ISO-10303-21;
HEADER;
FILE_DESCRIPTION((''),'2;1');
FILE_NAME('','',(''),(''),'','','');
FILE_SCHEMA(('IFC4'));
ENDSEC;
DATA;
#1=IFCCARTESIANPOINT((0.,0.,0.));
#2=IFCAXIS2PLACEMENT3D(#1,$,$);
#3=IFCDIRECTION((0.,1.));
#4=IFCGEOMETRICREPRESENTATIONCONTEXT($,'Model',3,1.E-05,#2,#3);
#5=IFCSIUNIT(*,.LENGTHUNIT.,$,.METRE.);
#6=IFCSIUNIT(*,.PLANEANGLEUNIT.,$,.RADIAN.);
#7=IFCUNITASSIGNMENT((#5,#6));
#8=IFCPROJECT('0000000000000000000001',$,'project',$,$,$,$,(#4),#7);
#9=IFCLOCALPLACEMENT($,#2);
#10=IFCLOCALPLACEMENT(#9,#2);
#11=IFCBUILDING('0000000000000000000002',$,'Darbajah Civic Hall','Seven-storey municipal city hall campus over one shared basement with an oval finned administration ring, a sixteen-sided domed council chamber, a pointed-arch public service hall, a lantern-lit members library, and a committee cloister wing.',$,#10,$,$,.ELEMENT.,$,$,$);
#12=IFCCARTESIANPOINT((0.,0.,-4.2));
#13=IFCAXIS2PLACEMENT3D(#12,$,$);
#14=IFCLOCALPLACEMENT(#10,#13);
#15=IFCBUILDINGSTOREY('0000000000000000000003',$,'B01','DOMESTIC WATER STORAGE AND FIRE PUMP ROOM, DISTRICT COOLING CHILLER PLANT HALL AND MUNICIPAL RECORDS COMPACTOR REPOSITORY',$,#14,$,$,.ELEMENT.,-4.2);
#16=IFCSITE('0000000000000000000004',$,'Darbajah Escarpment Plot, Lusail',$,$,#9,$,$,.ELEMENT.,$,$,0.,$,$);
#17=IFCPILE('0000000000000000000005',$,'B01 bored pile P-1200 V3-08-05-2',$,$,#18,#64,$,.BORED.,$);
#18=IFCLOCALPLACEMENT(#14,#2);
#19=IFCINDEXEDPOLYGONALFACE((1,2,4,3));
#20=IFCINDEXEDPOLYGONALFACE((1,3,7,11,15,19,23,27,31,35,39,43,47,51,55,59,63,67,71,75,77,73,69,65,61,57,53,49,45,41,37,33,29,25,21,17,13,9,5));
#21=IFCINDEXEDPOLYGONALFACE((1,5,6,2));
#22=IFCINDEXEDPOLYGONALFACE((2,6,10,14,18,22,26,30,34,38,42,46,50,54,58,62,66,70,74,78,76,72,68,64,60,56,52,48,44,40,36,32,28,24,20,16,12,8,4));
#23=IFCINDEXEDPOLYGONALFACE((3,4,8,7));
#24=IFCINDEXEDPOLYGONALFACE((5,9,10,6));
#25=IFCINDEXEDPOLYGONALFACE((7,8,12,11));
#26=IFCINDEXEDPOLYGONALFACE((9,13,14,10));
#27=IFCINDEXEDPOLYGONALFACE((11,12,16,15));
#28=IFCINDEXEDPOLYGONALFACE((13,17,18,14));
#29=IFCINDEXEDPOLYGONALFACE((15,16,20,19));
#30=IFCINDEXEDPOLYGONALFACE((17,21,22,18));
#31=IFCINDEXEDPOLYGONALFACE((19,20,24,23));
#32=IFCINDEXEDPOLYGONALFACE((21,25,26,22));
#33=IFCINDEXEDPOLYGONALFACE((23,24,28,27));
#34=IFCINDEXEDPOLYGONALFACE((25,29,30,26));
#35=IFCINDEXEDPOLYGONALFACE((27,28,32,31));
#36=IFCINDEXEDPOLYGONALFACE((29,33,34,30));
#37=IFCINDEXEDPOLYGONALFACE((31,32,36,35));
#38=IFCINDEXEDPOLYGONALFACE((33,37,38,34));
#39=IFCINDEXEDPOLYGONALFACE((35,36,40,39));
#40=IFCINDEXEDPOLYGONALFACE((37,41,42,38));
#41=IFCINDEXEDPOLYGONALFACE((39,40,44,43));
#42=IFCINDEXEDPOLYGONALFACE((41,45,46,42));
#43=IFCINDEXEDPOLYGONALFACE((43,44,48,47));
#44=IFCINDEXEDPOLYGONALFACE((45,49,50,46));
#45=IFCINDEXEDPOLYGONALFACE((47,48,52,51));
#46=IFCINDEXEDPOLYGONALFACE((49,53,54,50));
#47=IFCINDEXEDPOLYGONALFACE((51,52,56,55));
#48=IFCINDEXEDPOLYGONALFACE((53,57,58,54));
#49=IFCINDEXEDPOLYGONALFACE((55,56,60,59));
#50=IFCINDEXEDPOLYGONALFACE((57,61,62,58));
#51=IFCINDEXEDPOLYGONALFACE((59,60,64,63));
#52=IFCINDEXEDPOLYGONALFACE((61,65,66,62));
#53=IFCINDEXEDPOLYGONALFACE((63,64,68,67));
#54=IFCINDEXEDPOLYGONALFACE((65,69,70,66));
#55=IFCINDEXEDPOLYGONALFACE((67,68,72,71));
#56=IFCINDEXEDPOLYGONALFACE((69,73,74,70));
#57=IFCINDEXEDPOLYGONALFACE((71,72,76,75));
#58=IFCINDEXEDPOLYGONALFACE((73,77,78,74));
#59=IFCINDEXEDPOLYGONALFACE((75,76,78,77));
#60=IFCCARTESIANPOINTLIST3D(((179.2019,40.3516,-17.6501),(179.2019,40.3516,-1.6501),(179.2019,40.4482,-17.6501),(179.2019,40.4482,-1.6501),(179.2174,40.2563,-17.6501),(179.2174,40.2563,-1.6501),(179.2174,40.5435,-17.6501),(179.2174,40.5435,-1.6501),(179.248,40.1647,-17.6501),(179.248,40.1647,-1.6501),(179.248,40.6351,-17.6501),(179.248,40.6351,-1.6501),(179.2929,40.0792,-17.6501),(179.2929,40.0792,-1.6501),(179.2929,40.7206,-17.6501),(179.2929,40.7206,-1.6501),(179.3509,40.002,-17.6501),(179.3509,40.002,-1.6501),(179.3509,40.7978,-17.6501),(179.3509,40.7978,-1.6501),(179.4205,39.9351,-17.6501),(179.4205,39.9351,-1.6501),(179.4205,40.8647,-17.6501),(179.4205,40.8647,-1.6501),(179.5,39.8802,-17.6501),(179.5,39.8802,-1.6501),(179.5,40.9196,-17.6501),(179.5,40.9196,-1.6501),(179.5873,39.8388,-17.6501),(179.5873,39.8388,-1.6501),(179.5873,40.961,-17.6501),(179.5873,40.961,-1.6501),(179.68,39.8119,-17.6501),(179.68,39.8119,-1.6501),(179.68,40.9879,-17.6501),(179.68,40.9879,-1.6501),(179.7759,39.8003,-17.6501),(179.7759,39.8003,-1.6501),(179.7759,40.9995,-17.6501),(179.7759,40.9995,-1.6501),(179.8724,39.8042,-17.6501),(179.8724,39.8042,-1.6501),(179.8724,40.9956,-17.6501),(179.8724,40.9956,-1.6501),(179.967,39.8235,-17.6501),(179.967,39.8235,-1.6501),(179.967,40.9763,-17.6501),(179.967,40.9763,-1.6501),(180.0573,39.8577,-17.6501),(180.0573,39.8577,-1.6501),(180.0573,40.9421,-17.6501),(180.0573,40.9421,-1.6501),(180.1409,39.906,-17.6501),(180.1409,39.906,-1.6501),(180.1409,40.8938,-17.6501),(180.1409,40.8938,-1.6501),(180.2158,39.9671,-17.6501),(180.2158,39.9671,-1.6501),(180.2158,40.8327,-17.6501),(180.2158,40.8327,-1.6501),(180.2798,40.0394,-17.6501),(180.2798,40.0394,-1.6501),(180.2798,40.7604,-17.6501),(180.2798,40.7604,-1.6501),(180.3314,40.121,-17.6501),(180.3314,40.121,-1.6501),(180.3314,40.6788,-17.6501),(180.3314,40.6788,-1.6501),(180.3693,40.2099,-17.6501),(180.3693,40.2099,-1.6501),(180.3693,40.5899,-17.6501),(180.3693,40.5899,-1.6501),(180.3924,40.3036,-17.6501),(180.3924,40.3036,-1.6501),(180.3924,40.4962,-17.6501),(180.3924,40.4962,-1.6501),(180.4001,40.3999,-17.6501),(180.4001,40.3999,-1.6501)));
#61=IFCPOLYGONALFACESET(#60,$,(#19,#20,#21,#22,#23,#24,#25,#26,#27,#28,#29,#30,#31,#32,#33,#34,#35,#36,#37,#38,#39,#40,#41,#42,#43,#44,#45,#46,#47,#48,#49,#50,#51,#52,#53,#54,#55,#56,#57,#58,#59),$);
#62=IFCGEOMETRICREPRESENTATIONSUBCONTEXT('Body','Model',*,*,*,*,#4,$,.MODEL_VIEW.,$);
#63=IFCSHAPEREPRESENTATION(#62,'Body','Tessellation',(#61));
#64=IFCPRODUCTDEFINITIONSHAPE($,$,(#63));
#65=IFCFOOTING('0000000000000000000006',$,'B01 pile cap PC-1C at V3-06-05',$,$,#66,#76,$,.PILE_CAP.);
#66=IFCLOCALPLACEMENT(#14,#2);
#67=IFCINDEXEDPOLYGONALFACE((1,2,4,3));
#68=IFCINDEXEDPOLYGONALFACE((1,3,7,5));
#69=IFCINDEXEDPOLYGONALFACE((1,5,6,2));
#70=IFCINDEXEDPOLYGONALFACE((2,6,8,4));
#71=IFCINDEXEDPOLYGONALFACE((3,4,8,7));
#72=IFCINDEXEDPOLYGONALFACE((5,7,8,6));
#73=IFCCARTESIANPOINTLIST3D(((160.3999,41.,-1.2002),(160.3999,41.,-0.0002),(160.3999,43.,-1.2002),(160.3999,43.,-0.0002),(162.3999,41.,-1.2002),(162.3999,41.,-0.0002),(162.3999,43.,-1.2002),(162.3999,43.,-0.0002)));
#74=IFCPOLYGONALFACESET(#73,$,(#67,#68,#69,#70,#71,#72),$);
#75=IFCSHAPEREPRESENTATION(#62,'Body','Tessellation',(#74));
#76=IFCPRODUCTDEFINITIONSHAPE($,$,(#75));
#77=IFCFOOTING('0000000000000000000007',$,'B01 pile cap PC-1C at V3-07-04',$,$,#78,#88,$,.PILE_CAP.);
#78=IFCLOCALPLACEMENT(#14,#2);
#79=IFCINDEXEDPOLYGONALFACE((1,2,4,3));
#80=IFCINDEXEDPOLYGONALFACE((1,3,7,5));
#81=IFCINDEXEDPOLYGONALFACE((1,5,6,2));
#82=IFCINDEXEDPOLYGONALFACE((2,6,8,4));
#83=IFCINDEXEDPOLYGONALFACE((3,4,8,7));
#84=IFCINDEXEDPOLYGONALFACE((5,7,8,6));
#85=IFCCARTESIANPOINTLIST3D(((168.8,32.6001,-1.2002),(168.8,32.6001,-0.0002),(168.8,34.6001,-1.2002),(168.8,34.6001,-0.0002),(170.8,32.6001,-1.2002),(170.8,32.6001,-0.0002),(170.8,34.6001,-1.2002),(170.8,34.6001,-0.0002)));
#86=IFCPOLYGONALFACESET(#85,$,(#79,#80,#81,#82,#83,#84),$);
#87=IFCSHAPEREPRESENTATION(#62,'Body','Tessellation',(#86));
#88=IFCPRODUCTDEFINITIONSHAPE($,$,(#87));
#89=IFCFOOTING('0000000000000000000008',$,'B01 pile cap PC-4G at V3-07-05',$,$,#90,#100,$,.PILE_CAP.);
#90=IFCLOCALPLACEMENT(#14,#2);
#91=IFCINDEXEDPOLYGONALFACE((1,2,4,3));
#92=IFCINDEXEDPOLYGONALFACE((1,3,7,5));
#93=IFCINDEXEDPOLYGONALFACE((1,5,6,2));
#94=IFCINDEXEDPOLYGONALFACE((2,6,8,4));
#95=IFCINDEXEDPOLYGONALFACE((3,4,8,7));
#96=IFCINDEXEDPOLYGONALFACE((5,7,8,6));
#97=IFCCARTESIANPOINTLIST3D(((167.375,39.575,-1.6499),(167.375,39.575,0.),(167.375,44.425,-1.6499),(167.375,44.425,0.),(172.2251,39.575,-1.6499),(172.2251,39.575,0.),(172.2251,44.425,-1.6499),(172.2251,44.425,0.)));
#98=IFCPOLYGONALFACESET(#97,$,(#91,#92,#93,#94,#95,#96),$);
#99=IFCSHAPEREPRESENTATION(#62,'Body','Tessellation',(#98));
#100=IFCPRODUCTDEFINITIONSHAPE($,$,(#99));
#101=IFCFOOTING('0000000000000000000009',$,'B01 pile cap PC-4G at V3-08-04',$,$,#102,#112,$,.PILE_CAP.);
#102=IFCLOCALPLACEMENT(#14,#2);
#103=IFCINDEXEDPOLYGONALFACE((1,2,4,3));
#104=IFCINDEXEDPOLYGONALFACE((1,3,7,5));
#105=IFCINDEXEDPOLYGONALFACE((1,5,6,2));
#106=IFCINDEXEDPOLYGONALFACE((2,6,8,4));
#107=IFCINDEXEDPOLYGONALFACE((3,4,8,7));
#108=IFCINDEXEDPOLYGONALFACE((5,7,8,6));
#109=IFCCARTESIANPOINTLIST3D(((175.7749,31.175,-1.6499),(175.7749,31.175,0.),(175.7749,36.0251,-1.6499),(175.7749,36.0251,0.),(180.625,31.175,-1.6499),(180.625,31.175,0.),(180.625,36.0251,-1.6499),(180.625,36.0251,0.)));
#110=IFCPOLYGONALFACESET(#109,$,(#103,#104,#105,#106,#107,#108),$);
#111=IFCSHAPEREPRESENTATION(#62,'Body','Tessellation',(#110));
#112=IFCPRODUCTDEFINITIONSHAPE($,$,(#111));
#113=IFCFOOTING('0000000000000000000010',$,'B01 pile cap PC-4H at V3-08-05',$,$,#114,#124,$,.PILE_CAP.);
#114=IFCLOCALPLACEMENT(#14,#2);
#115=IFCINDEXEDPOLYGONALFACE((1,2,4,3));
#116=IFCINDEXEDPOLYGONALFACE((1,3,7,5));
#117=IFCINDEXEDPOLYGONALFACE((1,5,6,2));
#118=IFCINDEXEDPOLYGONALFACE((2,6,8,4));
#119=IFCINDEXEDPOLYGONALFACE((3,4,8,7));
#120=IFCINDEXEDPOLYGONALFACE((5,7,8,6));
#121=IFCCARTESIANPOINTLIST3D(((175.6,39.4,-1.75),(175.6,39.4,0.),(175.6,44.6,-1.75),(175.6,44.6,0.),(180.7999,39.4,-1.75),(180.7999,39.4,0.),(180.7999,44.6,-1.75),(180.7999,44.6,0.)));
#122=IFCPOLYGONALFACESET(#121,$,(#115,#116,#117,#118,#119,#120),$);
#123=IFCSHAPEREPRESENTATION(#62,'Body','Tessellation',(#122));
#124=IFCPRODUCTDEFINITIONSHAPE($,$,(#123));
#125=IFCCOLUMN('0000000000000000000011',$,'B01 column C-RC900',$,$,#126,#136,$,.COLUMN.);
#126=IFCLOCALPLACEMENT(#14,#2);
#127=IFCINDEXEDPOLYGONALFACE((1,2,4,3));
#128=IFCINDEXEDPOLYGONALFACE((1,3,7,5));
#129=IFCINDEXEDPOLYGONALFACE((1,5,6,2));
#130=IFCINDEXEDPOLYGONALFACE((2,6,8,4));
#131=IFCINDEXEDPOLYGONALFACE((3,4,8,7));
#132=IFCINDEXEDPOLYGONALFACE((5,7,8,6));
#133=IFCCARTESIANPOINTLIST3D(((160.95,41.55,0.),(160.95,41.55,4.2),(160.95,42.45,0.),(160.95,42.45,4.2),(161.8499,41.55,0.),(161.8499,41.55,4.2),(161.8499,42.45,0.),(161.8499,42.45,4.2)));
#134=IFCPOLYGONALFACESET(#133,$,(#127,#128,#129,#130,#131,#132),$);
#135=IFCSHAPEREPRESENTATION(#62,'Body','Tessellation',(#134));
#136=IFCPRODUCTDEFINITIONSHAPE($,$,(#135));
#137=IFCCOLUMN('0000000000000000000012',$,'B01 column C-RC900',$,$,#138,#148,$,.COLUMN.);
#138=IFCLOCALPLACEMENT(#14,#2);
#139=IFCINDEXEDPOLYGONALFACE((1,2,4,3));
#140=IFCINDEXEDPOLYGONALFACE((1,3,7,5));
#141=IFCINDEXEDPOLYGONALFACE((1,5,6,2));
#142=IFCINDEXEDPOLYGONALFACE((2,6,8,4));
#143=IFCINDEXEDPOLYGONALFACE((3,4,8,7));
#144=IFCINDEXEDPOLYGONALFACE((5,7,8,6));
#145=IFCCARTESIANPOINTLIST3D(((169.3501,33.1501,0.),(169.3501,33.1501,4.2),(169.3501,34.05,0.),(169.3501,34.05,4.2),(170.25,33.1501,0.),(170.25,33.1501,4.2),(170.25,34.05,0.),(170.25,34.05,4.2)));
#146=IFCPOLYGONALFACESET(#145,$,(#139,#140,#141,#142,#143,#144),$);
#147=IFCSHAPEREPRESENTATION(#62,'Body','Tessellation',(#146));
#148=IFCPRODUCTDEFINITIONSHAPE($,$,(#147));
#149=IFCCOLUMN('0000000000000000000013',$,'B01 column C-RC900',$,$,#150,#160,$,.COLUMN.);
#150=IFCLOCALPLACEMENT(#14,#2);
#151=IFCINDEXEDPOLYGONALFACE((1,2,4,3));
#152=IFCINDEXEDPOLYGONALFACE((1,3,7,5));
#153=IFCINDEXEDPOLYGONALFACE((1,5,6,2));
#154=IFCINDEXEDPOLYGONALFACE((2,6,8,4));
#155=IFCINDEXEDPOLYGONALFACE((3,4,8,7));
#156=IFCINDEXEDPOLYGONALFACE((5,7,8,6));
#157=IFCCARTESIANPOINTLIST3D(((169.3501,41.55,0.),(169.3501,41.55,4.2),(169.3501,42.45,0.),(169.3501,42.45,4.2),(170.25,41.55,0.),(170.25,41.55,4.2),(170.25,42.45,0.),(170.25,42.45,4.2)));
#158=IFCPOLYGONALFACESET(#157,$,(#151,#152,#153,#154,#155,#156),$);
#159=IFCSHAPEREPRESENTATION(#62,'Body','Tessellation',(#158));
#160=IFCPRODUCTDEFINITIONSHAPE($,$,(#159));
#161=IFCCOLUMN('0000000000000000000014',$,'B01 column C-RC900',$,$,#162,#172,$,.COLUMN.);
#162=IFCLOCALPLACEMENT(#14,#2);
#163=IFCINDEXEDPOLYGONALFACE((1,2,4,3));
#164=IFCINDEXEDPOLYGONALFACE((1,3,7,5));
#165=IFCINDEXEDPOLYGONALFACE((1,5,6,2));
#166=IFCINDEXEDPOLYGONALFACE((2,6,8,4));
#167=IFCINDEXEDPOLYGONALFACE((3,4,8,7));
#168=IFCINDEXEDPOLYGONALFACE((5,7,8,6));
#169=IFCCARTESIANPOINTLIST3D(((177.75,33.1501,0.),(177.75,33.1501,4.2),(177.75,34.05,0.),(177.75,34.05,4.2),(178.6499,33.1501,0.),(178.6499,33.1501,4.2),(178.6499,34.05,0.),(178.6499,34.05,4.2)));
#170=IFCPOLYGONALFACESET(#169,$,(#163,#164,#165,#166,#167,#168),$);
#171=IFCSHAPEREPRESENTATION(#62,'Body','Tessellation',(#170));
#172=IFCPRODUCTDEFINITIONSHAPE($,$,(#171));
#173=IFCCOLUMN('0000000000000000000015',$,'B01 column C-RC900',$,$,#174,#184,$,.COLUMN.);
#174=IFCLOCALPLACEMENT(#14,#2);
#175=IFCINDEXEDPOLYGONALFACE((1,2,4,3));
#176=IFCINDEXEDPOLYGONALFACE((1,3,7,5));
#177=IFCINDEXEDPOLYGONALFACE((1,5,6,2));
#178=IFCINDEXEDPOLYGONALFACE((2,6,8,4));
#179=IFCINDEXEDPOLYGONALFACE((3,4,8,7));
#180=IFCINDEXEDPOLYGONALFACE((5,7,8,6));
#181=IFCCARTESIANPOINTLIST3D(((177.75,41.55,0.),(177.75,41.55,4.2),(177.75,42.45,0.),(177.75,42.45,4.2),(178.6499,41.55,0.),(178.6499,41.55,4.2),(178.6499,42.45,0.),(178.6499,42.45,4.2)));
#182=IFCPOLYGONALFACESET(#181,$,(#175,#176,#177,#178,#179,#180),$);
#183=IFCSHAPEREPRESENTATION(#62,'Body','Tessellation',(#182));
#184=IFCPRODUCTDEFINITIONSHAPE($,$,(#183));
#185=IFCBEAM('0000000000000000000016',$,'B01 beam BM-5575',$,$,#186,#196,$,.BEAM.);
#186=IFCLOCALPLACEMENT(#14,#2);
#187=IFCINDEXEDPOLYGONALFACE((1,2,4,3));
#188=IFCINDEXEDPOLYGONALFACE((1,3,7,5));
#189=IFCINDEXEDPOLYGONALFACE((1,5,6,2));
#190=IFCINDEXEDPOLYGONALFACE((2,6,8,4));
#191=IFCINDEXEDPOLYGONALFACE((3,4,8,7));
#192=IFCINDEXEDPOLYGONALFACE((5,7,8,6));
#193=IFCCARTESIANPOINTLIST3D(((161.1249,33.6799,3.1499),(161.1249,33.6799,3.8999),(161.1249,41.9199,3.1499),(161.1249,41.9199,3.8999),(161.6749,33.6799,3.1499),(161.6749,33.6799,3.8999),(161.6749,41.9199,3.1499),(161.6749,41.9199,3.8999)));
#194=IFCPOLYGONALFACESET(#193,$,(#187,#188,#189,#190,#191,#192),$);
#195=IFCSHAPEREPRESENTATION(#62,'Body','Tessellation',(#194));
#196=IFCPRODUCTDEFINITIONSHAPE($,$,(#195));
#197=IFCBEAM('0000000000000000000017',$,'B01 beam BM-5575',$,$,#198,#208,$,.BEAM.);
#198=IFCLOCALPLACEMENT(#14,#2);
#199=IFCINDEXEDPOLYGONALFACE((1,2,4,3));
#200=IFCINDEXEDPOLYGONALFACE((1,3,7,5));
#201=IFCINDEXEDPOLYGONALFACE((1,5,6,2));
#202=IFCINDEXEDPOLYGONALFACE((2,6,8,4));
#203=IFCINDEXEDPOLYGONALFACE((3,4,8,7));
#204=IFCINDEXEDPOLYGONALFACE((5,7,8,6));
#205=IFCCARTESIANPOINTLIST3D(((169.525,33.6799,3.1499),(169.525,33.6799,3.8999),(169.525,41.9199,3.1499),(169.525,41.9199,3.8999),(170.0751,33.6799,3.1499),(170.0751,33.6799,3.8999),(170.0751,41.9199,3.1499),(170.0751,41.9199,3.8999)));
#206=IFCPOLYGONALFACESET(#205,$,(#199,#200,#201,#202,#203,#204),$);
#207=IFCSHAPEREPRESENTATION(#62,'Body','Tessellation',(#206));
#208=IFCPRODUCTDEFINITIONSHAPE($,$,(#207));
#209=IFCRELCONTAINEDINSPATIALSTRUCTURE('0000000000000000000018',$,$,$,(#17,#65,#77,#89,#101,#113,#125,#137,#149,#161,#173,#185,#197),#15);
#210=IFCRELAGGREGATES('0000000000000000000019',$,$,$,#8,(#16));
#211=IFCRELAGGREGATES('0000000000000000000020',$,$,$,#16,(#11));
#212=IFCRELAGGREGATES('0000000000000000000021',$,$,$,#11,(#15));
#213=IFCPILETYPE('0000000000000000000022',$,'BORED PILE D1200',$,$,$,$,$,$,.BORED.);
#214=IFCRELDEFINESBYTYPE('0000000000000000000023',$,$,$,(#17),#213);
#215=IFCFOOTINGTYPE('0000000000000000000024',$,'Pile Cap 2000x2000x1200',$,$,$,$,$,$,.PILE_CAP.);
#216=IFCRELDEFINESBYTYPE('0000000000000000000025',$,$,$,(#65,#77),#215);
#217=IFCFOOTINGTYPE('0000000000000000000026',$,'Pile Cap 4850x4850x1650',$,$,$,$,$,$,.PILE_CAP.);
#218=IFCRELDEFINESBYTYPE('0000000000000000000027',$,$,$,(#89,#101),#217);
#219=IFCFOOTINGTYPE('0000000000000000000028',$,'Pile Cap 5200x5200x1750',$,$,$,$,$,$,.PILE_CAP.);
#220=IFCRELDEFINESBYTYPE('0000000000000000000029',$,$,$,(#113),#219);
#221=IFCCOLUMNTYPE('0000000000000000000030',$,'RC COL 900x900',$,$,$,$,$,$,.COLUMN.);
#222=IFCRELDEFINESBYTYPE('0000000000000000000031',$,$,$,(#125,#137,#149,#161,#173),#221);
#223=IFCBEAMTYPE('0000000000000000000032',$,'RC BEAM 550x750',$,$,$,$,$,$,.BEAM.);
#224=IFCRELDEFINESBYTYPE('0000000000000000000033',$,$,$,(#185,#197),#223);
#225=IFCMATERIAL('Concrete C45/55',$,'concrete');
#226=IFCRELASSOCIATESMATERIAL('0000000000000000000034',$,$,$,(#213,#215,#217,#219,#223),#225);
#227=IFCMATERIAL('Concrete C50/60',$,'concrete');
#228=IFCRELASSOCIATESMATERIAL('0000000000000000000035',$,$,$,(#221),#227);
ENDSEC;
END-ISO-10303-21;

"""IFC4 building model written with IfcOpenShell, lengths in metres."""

from ifc_helpers import new_model, si_unit, direction, frame, origin, origin_2d, place, context, subcontext, project, spatial, rectangle, circle, extrude, material, material_profile, profile_set, type_object, element, save


model = new_model("IFC4")

# Units and contexts
model_context = context("Model", 3, precision=1e-05, world=origin(), true_north=direction((0.0, 1.0)))
body_context = subcontext(model_context, "Body", "Model", "MODEL_VIEW")
ifc_project = project(units=[si_unit("LENGTHUNIT", "METRE"), si_unit("PLANEANGLEUNIT", "RADIAN")], contexts=[model_context])

# Site, building, storey
site_placement = place(None, origin())
site = spatial("IfcSite", under=ifc_project, at=site_placement, Name="Darbajah Escarpment Plot, Lusail", CompositionType="ELEMENT", RefElevation=0.0)
building_placement = place(site_placement, origin())
building = spatial("IfcBuilding", under=site, at=building_placement, Name="Darbajah Civic Hall", Description="Seven-storey municipal city hall campus over one shared basement with an oval finned administration ring, a sixteen-sided domed council chamber, a pointed-arch public service hall, a lantern-lit members library, and a committee cloister wing.", CompositionType="ELEMENT")
storey_placement = place(building_placement, frame((0.0, 0.0, -4.2)))
storey = spatial("IfcBuildingStorey", under=building, at=storey_placement, Name="B01", Description="DOMESTIC WATER STORAGE AND FIRE PUMP ROOM, DISTRICT COOLING CHILLER PLANT HALL AND MUNICIPAL RECORDS COMPACTOR REPOSITORY", CompositionType="ELEMENT", Elevation=-4.2)

# Pile
ifc_material_1 = material(Name="Concrete C45/55", Category="concrete")
ifc_material_profile_1 = material_profile(ifc_material_1, circle(Radius=0.6001, at=origin_2d()), Name="BORED PILE D1200")
ifc_profile_set_1 = profile_set([ifc_material_profile_1], Name="Concrete C45/55")
pile_type_1 = type_object("IfcPileType", Name="BORED PILE D1200", PredefinedType="BORED", material=ifc_profile_set_1)
for number, where, z_axis, x_axis, name in (
    (1, (179.8, 40.3999, -1.6501), (0.0, 0.0, -1.0), (1.0, 0.0, 0.0), "B01 bored pile P-1200 V3-08-05-2"),
):
    element("IfcPile", number, at=place(storey_placement, frame(where, z_axis=z_axis, x_axis=x_axis)), inside=storey, type_object=pile_type_1, Name=name, PredefinedType="BORED", context=body_context, shape_type="SweptSolid", body=[
        extrude(circle(Radius=0.6001, at=origin_2d()), origin(), (0.0, 0.0, 1.0), 16.0),
    ])

# Footings
footing_type_1 = type_object("IfcFootingType", Name="Pile Cap 2000x2000x1200", PredefinedType="PILE_CAP", material=ifc_material_1)
for number, where, z_axis, x_axis, name in (
    (2, (161.3999, 42.0, -1.2002), (0.0, 0.0, 1.0), (1.0, 0.0, 0.0), "B01 pile cap PC-1C at V3-06-05"),
    (3, (169.8, 33.6001, -1.2002), (0.0, 0.0, 1.0), (1.0, 0.0, 0.0), "B01 pile cap PC-1C at V3-07-04"),
):
    element("IfcFooting", number, at=place(storey_placement, frame(where, z_axis=z_axis, x_axis=x_axis)), inside=storey, type_object=footing_type_1, Name=name, PredefinedType="PILE_CAP", context=body_context, shape_type="SweptSolid", body=[
        extrude(rectangle(XDim=2.0, YDim=2.0, at=origin_2d()), origin(), (0.0, 0.0, 1.0), 1.2),
    ])
footing_type_2 = type_object("IfcFootingType", Name="Pile Cap 4850x4850x1650", PredefinedType="PILE_CAP", material=ifc_material_1)
for number, where, z_axis, x_axis, name in (
    (4, (169.8, 42.0, -1.6499), (0.0, 0.0, 1.0), (1.0, 0.0, 0.0), "B01 pile cap PC-4G at V3-07-05"),
    (5, (178.2, 33.6001, -1.6499), (0.0, 0.0, 1.0), (1.0, 0.0, 0.0), "B01 pile cap PC-4G at V3-08-04"),
):
    element("IfcFooting", number, at=place(storey_placement, frame(where, z_axis=z_axis, x_axis=x_axis)), inside=storey, type_object=footing_type_2, Name=name, PredefinedType="PILE_CAP", context=body_context, shape_type="SweptSolid", body=[
        extrude(rectangle(XDim=4.8501, YDim=4.8501, at=origin_2d()), origin(), (0.0, 0.0, 1.0), 1.6499),
    ])
footing_type_3 = type_object("IfcFootingType", Name="Pile Cap 5200x5200x1750", PredefinedType="PILE_CAP", material=ifc_material_1)
footing_placement = place(storey_placement, frame((178.2, 42.0, -1.75), z_axis=(0.0, 0.0, 1.0), x_axis=(1.0, 0.0, 0.0)))
element("IfcFooting", 6, at=footing_placement, inside=storey, type_object=footing_type_3, Name="B01 pile cap PC-4H at V3-08-05", PredefinedType="PILE_CAP", context=body_context, shape_type="SweptSolid", body=[
    extrude(rectangle(XDim=5.2, YDim=5.2, at=origin_2d()), origin(), (0.0, 0.0, 1.0), 1.75),
])

# Columns
ifc_material_2 = material(Name="Concrete C50/60", Category="concrete")
ifc_material_profile_2 = material_profile(ifc_material_2, rectangle(XDim=0.8999, YDim=0.8999, at=origin_2d()), Name="RC COL 900x900")
ifc_profile_set_2 = profile_set([ifc_material_profile_2], Name="Concrete C50/60")
column_type = type_object("IfcColumnType", Name="RC COL 900x900", PredefinedType="COLUMN", material=ifc_profile_set_2)
for number, where, z_axis, x_axis, name in (
    (7, (161.3999, 42.0, 0.0), (0.0, 0.0, 1.0), (1.0, 0.0, 0.0), "B01 column C-RC900"),
    (8, (169.8, 33.6001, 0.0), (0.0, 0.0, 1.0), (1.0, 0.0, 0.0), "B01 column C-RC900"),
    (9, (169.8, 42.0, 0.0), (0.0, 0.0, 1.0), (1.0, 0.0, 0.0), "B01 column C-RC900"),
    (10, (178.2, 33.6001, 0.0), (0.0, 0.0, 1.0), (1.0, 0.0, 0.0), "B01 column C-RC900"),
    (11, (178.2, 42.0, 0.0), (0.0, 0.0, 1.0), (1.0, 0.0, 0.0), "B01 column C-RC900"),
):
    element("IfcColumn", number, at=place(storey_placement, frame(where, z_axis=z_axis, x_axis=x_axis)), inside=storey, type_object=column_type, Name=name, PredefinedType="COLUMN", context=body_context, shape_type="SweptSolid", body=[
        extrude(rectangle(XDim=0.8999, YDim=0.8999, at=origin_2d()), origin(), (0.0, 0.0, 1.0), 4.2),
    ])

# Beams
ifc_material_profile_3 = material_profile(ifc_material_1, rectangle(XDim=0.55, YDim=0.75, at=origin_2d()), Name="RC BEAM 550x750")
ifc_profile_set_3 = profile_set([ifc_material_profile_3], Name="Concrete C45/55")
beam_type_1 = type_object("IfcBeamType", Name="RC BEAM 550x750", PredefinedType="BEAM", material=ifc_profile_set_3)
for number, where, z_axis, x_axis, name in (
    (12, (161.3999, 33.6799, 3.5249), (0.0, 1.0, 0.0), (-1.0, 0.0, 0.0), "B01 beam BM-5575"),
    (13, (169.8, 33.6799, 3.5249), (0.0, 1.0, 0.0), (-1.0, 0.0, 0.0), "B01 beam BM-5575"),
):
    element("IfcBeam", number, at=place(storey_placement, frame(where, z_axis=z_axis, x_axis=x_axis)), inside=storey, type_object=beam_type_1, Name=name, PredefinedType="BEAM", context=body_context, shape_type="SweptSolid", body=[
        extrude(rectangle(XDim=0.55, YDim=0.75, at=origin_2d()), origin(), (0.0, 0.0, 1.0), 8.24),
    ])

save(model, "model.ifc")
